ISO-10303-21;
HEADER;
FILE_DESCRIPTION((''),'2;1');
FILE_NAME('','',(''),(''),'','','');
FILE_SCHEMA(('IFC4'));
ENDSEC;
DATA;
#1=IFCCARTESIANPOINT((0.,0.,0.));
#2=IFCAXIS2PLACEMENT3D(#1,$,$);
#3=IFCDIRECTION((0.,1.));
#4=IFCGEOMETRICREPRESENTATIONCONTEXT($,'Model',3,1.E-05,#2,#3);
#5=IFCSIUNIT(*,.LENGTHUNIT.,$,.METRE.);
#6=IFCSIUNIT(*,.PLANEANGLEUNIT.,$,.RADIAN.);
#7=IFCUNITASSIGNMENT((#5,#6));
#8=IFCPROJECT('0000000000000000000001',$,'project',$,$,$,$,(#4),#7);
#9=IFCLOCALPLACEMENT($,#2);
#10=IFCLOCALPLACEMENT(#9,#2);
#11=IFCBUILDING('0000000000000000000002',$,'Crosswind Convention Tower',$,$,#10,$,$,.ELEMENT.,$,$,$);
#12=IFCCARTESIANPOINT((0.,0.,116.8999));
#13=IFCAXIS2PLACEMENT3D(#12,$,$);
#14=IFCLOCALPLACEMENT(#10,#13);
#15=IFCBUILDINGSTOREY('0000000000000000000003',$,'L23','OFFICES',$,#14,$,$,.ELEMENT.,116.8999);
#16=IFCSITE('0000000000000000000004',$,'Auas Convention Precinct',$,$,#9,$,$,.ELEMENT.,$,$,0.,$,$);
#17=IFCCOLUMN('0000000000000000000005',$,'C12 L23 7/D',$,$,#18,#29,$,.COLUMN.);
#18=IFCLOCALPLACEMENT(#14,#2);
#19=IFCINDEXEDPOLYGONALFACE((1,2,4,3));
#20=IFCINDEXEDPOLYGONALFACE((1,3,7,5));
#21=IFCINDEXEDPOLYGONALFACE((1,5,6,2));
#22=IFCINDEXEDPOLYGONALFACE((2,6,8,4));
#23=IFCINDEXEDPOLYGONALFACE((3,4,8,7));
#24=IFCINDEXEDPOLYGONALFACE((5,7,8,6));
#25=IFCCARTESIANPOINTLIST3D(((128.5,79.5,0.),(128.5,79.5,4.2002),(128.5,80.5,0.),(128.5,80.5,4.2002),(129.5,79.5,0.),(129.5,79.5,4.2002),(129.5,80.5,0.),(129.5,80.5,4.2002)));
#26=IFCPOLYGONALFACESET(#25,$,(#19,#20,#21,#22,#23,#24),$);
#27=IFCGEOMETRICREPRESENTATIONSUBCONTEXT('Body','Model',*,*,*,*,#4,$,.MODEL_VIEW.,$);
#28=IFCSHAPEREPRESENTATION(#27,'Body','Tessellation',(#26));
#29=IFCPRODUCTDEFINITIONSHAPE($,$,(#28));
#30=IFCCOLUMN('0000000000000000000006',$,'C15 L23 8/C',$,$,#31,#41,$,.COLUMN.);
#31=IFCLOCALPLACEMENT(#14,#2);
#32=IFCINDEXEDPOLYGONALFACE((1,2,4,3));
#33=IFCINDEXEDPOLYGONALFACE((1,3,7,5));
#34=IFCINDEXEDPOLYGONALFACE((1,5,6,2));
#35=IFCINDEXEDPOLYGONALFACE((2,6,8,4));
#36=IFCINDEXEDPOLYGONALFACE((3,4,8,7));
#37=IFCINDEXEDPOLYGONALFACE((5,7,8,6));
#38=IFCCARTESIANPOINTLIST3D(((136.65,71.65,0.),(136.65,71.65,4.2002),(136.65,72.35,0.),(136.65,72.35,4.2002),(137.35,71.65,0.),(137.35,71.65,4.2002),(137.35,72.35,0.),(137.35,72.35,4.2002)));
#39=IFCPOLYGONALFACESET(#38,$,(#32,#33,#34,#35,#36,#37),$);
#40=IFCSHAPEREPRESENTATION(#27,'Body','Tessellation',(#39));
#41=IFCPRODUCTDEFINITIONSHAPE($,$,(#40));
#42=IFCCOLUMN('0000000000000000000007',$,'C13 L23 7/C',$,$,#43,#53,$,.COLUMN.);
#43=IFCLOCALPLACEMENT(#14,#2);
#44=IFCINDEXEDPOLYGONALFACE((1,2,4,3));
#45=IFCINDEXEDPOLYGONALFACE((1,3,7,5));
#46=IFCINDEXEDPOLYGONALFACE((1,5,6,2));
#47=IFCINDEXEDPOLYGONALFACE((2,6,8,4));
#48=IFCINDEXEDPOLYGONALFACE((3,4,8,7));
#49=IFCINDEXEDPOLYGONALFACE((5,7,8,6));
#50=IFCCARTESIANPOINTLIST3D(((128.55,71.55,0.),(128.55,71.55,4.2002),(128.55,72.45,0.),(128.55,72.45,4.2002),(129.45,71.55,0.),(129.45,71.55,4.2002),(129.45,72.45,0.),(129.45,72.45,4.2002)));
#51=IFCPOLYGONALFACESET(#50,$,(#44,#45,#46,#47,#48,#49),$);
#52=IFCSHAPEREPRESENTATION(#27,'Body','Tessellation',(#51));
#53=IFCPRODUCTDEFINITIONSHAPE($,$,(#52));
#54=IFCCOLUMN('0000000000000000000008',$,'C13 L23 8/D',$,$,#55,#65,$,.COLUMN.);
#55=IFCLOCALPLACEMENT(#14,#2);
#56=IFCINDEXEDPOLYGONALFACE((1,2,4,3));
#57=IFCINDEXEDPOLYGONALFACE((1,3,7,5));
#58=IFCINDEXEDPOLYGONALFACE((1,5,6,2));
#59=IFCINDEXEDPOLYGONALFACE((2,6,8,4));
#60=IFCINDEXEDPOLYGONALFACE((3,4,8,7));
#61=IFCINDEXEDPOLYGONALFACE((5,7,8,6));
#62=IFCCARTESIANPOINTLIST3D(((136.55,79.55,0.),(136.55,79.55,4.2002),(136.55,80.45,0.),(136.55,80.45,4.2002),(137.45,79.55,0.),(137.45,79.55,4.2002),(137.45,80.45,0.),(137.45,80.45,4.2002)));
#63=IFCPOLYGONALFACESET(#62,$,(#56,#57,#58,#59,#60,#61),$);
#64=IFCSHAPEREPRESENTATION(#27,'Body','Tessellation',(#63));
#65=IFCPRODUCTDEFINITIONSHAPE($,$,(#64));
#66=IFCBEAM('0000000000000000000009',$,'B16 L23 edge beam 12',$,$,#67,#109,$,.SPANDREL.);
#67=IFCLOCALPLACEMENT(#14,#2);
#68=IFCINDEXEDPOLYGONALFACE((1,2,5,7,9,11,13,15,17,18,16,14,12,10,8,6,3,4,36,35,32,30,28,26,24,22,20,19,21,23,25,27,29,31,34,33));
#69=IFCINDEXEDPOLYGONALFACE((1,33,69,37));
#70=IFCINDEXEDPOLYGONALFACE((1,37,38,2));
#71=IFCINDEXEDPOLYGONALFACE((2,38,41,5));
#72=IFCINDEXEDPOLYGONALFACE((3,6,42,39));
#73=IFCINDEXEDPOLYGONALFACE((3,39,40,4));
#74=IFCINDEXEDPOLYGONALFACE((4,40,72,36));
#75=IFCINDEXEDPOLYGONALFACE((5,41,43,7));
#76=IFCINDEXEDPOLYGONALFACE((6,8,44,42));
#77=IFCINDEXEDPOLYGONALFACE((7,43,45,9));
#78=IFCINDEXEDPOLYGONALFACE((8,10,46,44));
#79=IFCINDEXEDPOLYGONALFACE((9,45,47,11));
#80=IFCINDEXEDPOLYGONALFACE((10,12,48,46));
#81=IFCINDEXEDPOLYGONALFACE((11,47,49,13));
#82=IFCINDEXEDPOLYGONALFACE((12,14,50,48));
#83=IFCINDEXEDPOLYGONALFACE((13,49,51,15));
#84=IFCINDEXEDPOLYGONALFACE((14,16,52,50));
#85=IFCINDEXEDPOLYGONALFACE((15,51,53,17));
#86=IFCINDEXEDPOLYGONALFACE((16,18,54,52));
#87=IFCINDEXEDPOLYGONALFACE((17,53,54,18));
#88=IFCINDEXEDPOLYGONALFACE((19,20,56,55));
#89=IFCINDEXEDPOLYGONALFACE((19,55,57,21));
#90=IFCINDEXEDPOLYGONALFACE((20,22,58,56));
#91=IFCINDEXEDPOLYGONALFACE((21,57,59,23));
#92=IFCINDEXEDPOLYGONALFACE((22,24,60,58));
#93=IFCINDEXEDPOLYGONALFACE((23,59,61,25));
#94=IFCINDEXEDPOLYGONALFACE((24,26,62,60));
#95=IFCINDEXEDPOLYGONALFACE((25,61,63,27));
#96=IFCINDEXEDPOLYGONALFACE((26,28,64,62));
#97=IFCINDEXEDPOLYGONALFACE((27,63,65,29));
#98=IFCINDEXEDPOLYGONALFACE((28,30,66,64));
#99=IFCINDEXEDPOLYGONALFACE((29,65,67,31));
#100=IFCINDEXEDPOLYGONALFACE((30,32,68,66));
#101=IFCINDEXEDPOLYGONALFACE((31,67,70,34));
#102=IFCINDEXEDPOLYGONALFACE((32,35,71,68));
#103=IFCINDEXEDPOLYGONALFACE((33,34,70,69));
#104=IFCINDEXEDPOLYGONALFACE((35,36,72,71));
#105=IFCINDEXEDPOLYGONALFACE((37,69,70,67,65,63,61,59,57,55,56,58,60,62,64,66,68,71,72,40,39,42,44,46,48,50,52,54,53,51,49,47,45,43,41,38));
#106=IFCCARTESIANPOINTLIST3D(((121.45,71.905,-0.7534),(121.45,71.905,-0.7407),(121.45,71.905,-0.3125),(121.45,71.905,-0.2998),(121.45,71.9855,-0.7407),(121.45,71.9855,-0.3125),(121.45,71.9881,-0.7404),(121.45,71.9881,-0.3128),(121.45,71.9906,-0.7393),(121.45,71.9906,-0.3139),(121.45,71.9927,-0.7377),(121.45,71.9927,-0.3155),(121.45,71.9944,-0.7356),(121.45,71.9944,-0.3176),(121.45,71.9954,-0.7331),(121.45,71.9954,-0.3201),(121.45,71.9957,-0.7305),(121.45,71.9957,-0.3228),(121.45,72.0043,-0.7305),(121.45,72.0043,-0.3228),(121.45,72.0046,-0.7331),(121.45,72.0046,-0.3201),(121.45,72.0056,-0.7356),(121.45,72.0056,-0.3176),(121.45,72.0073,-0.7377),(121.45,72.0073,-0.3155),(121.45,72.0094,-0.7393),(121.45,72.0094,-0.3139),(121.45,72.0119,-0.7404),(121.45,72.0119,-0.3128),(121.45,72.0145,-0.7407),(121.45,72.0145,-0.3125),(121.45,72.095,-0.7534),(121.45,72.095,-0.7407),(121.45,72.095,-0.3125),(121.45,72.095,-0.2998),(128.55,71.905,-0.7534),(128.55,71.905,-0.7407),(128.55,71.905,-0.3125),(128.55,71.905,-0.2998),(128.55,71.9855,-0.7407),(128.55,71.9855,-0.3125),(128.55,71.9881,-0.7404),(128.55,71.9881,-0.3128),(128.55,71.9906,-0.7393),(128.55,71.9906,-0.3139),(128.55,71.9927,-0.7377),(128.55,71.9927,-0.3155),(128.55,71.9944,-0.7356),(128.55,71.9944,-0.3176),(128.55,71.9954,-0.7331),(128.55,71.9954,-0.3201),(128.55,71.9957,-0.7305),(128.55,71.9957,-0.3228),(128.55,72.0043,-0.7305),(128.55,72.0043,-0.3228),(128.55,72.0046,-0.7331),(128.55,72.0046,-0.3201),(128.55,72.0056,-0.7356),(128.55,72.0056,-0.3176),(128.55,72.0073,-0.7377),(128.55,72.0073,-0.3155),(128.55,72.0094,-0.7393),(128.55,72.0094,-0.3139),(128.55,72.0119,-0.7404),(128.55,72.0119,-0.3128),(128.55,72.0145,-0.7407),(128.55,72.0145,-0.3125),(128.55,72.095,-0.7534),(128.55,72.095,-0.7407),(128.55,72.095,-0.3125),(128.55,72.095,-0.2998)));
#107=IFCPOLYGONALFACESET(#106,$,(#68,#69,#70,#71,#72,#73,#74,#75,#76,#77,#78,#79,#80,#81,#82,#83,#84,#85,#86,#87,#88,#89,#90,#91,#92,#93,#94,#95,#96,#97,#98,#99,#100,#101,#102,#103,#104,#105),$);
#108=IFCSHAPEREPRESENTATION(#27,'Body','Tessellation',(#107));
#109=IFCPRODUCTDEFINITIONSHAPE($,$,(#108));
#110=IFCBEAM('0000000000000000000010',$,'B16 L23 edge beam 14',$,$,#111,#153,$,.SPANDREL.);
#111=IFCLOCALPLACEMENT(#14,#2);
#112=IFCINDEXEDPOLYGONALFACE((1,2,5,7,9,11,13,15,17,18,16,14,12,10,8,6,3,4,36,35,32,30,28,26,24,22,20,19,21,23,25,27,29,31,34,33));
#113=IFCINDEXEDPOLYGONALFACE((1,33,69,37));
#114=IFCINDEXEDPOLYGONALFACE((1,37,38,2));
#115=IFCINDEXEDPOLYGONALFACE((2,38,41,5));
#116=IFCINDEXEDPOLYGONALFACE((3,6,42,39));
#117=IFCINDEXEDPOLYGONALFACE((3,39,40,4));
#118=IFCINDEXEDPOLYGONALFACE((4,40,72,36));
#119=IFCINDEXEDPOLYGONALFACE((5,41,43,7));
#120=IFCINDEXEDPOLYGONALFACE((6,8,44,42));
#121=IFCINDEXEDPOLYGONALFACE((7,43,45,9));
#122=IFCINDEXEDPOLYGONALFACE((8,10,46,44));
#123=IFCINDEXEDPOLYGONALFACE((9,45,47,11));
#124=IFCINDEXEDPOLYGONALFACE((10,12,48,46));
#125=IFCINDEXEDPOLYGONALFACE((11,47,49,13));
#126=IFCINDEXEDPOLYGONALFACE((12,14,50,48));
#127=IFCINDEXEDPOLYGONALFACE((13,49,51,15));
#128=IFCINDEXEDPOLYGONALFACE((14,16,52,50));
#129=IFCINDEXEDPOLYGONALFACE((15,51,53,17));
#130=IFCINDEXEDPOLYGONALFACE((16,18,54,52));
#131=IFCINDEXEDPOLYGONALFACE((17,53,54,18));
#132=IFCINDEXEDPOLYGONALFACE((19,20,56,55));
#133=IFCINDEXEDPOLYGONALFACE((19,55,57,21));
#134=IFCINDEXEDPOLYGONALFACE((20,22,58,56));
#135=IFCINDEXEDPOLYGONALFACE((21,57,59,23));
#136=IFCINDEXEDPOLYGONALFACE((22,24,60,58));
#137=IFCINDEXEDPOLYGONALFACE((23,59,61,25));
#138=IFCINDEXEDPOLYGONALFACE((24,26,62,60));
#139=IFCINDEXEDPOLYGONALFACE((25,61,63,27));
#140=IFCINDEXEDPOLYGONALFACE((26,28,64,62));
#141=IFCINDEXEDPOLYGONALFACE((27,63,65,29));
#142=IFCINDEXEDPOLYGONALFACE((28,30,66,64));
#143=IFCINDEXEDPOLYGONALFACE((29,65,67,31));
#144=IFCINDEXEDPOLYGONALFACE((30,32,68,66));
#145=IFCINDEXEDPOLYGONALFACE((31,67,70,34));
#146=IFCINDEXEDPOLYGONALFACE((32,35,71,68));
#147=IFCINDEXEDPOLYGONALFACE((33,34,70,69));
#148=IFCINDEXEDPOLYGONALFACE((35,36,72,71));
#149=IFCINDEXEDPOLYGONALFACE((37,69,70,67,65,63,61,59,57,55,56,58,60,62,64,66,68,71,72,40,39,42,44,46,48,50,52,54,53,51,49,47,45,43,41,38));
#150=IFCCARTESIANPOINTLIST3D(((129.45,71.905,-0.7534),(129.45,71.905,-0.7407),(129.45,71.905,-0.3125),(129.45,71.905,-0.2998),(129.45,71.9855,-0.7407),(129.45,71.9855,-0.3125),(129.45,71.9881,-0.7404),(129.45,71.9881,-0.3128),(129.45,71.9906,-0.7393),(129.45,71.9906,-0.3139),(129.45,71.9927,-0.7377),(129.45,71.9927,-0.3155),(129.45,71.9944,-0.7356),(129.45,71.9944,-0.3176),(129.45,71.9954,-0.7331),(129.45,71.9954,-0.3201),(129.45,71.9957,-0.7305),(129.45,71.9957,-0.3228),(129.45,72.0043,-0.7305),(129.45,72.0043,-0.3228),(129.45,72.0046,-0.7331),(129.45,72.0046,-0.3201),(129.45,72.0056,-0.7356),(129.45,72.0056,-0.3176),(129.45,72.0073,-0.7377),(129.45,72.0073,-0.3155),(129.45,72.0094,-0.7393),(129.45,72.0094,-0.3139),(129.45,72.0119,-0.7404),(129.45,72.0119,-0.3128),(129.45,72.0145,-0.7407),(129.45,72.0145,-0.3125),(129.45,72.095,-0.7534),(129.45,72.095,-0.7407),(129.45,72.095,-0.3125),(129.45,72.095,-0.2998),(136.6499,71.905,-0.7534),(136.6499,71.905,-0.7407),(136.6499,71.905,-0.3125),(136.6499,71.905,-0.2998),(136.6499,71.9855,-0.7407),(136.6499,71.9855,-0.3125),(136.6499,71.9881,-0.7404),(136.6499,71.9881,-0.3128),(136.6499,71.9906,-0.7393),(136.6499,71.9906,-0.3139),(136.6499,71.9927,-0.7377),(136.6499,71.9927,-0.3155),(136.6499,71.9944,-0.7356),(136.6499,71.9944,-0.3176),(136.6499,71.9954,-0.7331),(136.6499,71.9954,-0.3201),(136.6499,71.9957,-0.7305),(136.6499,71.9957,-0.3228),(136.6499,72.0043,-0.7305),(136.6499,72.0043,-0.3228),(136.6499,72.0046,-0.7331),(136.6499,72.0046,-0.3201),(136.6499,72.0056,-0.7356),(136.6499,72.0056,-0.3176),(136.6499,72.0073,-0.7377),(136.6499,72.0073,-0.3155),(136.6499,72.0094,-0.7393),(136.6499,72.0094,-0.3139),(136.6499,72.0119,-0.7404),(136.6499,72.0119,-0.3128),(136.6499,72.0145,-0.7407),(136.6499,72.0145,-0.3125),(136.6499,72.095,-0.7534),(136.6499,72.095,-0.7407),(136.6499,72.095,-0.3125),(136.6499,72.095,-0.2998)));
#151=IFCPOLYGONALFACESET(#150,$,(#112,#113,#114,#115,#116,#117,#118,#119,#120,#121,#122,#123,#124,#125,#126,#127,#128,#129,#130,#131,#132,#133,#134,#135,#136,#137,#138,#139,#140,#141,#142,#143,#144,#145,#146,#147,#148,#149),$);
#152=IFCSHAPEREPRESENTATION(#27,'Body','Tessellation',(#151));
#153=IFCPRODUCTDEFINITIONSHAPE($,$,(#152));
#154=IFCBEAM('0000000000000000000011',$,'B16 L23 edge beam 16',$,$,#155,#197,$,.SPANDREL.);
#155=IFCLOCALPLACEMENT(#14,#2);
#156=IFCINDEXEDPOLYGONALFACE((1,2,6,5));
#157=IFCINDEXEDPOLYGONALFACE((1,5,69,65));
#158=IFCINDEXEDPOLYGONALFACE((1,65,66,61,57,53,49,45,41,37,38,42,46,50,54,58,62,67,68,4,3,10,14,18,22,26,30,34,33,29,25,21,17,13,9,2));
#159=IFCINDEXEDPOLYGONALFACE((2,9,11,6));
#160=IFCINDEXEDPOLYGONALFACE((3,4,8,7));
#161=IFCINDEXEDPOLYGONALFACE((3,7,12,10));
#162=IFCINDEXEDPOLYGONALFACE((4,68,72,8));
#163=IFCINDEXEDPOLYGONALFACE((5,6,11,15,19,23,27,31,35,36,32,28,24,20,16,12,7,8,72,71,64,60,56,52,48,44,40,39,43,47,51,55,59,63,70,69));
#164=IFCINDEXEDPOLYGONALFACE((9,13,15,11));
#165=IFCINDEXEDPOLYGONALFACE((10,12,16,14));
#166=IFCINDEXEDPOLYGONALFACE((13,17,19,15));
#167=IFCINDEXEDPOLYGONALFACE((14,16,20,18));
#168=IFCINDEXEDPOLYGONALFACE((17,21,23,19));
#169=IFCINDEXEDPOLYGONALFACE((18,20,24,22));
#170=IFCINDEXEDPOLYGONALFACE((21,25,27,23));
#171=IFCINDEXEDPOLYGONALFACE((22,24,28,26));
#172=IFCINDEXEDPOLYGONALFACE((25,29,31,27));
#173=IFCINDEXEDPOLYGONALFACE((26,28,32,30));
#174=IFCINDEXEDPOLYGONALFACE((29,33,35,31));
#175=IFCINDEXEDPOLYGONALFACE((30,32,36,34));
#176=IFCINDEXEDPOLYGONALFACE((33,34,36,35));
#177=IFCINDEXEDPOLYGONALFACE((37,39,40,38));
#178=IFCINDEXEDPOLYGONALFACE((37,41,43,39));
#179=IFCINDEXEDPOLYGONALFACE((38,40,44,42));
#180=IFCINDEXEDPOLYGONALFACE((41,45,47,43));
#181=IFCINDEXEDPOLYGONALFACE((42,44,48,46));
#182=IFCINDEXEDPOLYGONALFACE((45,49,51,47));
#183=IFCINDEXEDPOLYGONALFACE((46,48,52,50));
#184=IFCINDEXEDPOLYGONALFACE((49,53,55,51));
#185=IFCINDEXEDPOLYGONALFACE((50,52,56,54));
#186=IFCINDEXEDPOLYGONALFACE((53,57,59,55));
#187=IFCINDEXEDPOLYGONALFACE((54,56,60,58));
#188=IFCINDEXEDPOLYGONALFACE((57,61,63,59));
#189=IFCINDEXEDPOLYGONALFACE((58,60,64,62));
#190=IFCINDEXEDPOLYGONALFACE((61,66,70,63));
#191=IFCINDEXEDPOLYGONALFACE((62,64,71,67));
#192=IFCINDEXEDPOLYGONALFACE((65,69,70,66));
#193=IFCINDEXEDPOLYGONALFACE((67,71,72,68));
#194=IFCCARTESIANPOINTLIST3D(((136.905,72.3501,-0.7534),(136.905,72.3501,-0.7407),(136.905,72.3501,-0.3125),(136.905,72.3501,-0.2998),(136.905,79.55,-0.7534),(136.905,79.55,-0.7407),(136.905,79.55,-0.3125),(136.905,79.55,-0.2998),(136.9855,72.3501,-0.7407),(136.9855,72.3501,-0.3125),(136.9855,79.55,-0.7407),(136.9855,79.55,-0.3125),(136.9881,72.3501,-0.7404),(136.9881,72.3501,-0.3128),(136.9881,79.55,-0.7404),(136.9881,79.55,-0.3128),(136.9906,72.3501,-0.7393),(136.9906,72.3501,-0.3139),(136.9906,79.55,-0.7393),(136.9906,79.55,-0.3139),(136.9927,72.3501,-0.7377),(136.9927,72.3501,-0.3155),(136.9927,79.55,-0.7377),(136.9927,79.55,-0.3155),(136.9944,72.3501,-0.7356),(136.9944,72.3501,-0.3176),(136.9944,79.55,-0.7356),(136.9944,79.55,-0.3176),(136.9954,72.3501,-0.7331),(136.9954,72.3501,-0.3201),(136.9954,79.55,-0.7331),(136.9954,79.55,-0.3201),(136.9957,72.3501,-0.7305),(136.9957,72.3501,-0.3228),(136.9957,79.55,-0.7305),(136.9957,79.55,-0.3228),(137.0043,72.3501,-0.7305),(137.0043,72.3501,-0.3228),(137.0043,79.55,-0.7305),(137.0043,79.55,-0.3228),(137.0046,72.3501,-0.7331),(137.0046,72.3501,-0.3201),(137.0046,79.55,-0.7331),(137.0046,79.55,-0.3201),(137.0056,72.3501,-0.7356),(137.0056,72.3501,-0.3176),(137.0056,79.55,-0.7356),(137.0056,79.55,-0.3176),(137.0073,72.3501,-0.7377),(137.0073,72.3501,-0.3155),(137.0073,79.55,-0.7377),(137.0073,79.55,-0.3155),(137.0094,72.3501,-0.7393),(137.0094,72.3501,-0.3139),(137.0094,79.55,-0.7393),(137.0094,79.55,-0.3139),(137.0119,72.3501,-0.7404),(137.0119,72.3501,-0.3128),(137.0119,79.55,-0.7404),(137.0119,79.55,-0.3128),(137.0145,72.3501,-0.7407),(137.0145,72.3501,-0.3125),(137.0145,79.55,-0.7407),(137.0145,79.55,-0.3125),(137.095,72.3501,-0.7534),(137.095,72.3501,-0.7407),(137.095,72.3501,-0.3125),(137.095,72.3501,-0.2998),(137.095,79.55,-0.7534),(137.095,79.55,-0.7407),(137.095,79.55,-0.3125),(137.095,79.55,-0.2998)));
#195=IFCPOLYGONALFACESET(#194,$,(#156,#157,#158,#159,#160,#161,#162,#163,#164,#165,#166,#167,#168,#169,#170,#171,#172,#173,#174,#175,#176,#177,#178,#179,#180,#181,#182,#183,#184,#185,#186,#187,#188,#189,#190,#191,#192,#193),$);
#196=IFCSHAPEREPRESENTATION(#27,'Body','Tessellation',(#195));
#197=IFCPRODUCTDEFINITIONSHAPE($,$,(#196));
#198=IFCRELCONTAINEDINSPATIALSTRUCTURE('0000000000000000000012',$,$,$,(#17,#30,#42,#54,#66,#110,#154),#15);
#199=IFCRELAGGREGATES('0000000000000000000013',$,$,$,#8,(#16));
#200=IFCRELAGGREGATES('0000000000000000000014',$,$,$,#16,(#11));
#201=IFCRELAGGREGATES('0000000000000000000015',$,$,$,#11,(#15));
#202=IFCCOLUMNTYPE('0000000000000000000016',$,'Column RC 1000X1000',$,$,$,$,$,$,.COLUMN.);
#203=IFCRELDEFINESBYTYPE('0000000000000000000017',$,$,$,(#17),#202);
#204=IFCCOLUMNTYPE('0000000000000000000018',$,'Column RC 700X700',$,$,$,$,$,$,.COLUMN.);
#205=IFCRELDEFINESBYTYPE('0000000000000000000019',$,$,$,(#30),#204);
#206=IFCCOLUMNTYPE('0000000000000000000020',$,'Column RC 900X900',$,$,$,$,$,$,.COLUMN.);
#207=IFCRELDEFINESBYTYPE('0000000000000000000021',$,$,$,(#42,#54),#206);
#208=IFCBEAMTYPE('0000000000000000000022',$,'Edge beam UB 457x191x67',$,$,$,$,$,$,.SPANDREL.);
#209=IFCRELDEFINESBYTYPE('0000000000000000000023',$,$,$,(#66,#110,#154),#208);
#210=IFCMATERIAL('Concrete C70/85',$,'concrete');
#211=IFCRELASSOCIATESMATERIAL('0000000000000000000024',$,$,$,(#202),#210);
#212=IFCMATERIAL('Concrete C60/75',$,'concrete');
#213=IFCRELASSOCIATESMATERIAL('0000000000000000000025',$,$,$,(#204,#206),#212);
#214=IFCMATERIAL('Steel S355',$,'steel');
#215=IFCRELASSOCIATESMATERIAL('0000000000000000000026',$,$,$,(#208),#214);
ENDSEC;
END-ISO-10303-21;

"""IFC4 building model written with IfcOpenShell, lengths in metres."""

from ifc_helpers import new_model, si_unit, direction, frame, origin, origin_2d, place, context, subcontext, project, spatial, rectangle, i_section, extrude, material, material_profile, profile_set, type_object, element, save


model = new_model("IFC4")

# Units and contexts
model_context = context("Model", 3, precision=1e-05, world=origin(), true_north=direction((0.0, 1.0)))
body_context = subcontext(model_context, "Body", "Model", "MODEL_VIEW")
ifc_project = project(units=[si_unit("LENGTHUNIT", "METRE"), si_unit("PLANEANGLEUNIT", "RADIAN")], contexts=[model_context])

# Site, building, storey
site_placement = place(None, origin())
site = spatial("IfcSite", under=ifc_project, at=site_placement, Name="Auas Convention Precinct", CompositionType="ELEMENT", RefElevation=0.0)
building_placement = place(site_placement, origin())
building = spatial("IfcBuilding", under=site, at=building_placement, Name="Crosswind Convention Tower", CompositionType="ELEMENT")
storey_placement = place(building_placement, frame((0.0, 0.0, 116.8999)))
storey = spatial("IfcBuildingStorey", under=building, at=storey_placement, Name="L23", Description="OFFICES", CompositionType="ELEMENT", Elevation=116.8999)

# Columns
ifc_material_1 = material(Name="Concrete C70/85", Category="concrete")
ifc_material_profile_1 = material_profile(ifc_material_1, rectangle(XDim=1.0, YDim=1.0, at=origin_2d()), Name="RC 1000X1000")
ifc_profile_set_1 = profile_set([ifc_material_profile_1], Name="Concrete C70/85")
column_type_1 = type_object("IfcColumnType", Name="Column RC 1000X1000", PredefinedType="COLUMN", material=ifc_profile_set_1)
column_1_placement = place(storey_placement, frame((129.0, 80.0, 0.0), z_axis=(0.0, 0.0, 1.0), x_axis=(1.0, 0.0, 0.0)))
element("IfcColumn", 1, at=column_1_placement, inside=storey, type_object=column_type_1, Name="C12 L23 7/D", PredefinedType="COLUMN", context=body_context, shape_type="SweptSolid", body=[
    extrude(rectangle(XDim=1.0, YDim=1.0, at=origin_2d()), origin(), (0.0, 0.0, 1.0), 4.2002),
])
ifc_material_2 = material(Name="Concrete C60/75", Category="concrete")
ifc_material_profile_2 = material_profile(ifc_material_2, rectangle(XDim=0.7, YDim=0.7, at=origin_2d()), Name="RC 700X700")
ifc_profile_set_2 = profile_set([ifc_material_profile_2], Name="Concrete C60/75")
column_type_2 = type_object("IfcColumnType", Name="Column RC 700X700", PredefinedType="COLUMN", material=ifc_profile_set_2)
column_2_placement = place(storey_placement, frame((137.0, 72.0, 0.0), z_axis=(0.0, 0.0, 1.0), x_axis=(1.0, 0.0, 0.0)))
element("IfcColumn", 2, at=column_2_placement, inside=storey, type_object=column_type_2, Name="C15 L23 8/C", PredefinedType="COLUMN", context=body_context, shape_type="SweptSolid", body=[
    extrude(rectangle(XDim=0.7, YDim=0.7, at=origin_2d()), origin(), (0.0, 0.0, 1.0), 4.2002),
])
ifc_material_profile_3 = material_profile(ifc_material_2, rectangle(XDim=0.8999, YDim=0.8999, at=origin_2d()), Name="RC 900X900")
ifc_profile_set_3 = profile_set([ifc_material_profile_3], Name="Concrete C60/75")
column_type_3 = type_object("IfcColumnType", Name="Column RC 900X900", PredefinedType="COLUMN", material=ifc_profile_set_3)
for number, where, z_axis, x_axis, name in (
    (3, (129.0, 72.0, 0.0), (0.0, 0.0, 1.0), (1.0, 0.0, 0.0), "C13 L23 7/C"),
    (4, (137.0, 80.0, 0.0), (0.0, 0.0, 1.0), (1.0, 0.0, 0.0), "C13 L23 8/D"),
):
    element("IfcColumn", number, at=place(storey_placement, frame(where, z_axis=z_axis, x_axis=x_axis)), inside=storey, type_object=column_type_3, Name=name, PredefinedType="COLUMN", context=body_context, shape_type="SweptSolid", body=[
        extrude(rectangle(XDim=0.8999, YDim=0.8999, at=origin_2d()), origin(), (0.0, 0.0, 1.0), 4.2002),
    ])

# Beams
ifc_material_3 = material(Name="Steel S355", Category="steel")
ifc_material_profile_4 = material_profile(ifc_material_3, i_section(OverallWidth=0.1899, OverallDepth=0.4536, WebThickness=0.0085, FlangeThickness=0.0127, FilletRadius=0.0103, at=origin_2d()), Name="UB 457x191x67")
ifc_profile_set_4 = profile_set([ifc_material_profile_4], Name="Steel S355")
beam_type_1 = type_object("IfcBeamType", Name="Edge beam UB 457x191x67", PredefinedType="SPANDREL", material=ifc_profile_set_4)
beam_1_placement = place(storey_placement, frame((121.45, 72.0, -0.5266), z_axis=(1.0, 0.0, 0.0), x_axis=(0.0, 1.0, 0.0)))
element("IfcBeam", 5, at=beam_1_placement, inside=storey, type_object=beam_type_1, Name="B16 L23 edge beam 12", PredefinedType="SPANDREL", context=body_context, shape_type="SweptSolid", body=[
    extrude(i_section(OverallWidth=0.1899, OverallDepth=0.4536, WebThickness=0.0085, FlangeThickness=0.0127, FilletRadius=0.0103, at=origin_2d()), origin(), (0.0, 0.0, 1.0), 7.1001),
])
for number, where, z_axis, x_axis, name in (
    (6, (129.45, 72.0, -0.5266), (1.0, 0.0, 0.0), (0.0, 1.0, 0.0), "B16 L23 edge beam 14"),
    (7, (137.0, 72.3501, -0.5266), (0.0, 1.0, 0.0), (-1.0, 0.0, 0.0), "B16 L23 edge beam 16"),
):
    element("IfcBeam", number, at=place(storey_placement, frame(where, z_axis=z_axis, x_axis=x_axis)), inside=storey, type_object=beam_type_1, Name=name, PredefinedType="SPANDREL", context=body_context, shape_type="SweptSolid", body=[
        extrude(i_section(OverallWidth=0.1899, OverallDepth=0.4536, WebThickness=0.0085, FlangeThickness=0.0127, FilletRadius=0.0103, at=origin_2d()), origin(), (0.0, 0.0, 1.0), 7.2),
    ])

save(model, "model.ifc")
